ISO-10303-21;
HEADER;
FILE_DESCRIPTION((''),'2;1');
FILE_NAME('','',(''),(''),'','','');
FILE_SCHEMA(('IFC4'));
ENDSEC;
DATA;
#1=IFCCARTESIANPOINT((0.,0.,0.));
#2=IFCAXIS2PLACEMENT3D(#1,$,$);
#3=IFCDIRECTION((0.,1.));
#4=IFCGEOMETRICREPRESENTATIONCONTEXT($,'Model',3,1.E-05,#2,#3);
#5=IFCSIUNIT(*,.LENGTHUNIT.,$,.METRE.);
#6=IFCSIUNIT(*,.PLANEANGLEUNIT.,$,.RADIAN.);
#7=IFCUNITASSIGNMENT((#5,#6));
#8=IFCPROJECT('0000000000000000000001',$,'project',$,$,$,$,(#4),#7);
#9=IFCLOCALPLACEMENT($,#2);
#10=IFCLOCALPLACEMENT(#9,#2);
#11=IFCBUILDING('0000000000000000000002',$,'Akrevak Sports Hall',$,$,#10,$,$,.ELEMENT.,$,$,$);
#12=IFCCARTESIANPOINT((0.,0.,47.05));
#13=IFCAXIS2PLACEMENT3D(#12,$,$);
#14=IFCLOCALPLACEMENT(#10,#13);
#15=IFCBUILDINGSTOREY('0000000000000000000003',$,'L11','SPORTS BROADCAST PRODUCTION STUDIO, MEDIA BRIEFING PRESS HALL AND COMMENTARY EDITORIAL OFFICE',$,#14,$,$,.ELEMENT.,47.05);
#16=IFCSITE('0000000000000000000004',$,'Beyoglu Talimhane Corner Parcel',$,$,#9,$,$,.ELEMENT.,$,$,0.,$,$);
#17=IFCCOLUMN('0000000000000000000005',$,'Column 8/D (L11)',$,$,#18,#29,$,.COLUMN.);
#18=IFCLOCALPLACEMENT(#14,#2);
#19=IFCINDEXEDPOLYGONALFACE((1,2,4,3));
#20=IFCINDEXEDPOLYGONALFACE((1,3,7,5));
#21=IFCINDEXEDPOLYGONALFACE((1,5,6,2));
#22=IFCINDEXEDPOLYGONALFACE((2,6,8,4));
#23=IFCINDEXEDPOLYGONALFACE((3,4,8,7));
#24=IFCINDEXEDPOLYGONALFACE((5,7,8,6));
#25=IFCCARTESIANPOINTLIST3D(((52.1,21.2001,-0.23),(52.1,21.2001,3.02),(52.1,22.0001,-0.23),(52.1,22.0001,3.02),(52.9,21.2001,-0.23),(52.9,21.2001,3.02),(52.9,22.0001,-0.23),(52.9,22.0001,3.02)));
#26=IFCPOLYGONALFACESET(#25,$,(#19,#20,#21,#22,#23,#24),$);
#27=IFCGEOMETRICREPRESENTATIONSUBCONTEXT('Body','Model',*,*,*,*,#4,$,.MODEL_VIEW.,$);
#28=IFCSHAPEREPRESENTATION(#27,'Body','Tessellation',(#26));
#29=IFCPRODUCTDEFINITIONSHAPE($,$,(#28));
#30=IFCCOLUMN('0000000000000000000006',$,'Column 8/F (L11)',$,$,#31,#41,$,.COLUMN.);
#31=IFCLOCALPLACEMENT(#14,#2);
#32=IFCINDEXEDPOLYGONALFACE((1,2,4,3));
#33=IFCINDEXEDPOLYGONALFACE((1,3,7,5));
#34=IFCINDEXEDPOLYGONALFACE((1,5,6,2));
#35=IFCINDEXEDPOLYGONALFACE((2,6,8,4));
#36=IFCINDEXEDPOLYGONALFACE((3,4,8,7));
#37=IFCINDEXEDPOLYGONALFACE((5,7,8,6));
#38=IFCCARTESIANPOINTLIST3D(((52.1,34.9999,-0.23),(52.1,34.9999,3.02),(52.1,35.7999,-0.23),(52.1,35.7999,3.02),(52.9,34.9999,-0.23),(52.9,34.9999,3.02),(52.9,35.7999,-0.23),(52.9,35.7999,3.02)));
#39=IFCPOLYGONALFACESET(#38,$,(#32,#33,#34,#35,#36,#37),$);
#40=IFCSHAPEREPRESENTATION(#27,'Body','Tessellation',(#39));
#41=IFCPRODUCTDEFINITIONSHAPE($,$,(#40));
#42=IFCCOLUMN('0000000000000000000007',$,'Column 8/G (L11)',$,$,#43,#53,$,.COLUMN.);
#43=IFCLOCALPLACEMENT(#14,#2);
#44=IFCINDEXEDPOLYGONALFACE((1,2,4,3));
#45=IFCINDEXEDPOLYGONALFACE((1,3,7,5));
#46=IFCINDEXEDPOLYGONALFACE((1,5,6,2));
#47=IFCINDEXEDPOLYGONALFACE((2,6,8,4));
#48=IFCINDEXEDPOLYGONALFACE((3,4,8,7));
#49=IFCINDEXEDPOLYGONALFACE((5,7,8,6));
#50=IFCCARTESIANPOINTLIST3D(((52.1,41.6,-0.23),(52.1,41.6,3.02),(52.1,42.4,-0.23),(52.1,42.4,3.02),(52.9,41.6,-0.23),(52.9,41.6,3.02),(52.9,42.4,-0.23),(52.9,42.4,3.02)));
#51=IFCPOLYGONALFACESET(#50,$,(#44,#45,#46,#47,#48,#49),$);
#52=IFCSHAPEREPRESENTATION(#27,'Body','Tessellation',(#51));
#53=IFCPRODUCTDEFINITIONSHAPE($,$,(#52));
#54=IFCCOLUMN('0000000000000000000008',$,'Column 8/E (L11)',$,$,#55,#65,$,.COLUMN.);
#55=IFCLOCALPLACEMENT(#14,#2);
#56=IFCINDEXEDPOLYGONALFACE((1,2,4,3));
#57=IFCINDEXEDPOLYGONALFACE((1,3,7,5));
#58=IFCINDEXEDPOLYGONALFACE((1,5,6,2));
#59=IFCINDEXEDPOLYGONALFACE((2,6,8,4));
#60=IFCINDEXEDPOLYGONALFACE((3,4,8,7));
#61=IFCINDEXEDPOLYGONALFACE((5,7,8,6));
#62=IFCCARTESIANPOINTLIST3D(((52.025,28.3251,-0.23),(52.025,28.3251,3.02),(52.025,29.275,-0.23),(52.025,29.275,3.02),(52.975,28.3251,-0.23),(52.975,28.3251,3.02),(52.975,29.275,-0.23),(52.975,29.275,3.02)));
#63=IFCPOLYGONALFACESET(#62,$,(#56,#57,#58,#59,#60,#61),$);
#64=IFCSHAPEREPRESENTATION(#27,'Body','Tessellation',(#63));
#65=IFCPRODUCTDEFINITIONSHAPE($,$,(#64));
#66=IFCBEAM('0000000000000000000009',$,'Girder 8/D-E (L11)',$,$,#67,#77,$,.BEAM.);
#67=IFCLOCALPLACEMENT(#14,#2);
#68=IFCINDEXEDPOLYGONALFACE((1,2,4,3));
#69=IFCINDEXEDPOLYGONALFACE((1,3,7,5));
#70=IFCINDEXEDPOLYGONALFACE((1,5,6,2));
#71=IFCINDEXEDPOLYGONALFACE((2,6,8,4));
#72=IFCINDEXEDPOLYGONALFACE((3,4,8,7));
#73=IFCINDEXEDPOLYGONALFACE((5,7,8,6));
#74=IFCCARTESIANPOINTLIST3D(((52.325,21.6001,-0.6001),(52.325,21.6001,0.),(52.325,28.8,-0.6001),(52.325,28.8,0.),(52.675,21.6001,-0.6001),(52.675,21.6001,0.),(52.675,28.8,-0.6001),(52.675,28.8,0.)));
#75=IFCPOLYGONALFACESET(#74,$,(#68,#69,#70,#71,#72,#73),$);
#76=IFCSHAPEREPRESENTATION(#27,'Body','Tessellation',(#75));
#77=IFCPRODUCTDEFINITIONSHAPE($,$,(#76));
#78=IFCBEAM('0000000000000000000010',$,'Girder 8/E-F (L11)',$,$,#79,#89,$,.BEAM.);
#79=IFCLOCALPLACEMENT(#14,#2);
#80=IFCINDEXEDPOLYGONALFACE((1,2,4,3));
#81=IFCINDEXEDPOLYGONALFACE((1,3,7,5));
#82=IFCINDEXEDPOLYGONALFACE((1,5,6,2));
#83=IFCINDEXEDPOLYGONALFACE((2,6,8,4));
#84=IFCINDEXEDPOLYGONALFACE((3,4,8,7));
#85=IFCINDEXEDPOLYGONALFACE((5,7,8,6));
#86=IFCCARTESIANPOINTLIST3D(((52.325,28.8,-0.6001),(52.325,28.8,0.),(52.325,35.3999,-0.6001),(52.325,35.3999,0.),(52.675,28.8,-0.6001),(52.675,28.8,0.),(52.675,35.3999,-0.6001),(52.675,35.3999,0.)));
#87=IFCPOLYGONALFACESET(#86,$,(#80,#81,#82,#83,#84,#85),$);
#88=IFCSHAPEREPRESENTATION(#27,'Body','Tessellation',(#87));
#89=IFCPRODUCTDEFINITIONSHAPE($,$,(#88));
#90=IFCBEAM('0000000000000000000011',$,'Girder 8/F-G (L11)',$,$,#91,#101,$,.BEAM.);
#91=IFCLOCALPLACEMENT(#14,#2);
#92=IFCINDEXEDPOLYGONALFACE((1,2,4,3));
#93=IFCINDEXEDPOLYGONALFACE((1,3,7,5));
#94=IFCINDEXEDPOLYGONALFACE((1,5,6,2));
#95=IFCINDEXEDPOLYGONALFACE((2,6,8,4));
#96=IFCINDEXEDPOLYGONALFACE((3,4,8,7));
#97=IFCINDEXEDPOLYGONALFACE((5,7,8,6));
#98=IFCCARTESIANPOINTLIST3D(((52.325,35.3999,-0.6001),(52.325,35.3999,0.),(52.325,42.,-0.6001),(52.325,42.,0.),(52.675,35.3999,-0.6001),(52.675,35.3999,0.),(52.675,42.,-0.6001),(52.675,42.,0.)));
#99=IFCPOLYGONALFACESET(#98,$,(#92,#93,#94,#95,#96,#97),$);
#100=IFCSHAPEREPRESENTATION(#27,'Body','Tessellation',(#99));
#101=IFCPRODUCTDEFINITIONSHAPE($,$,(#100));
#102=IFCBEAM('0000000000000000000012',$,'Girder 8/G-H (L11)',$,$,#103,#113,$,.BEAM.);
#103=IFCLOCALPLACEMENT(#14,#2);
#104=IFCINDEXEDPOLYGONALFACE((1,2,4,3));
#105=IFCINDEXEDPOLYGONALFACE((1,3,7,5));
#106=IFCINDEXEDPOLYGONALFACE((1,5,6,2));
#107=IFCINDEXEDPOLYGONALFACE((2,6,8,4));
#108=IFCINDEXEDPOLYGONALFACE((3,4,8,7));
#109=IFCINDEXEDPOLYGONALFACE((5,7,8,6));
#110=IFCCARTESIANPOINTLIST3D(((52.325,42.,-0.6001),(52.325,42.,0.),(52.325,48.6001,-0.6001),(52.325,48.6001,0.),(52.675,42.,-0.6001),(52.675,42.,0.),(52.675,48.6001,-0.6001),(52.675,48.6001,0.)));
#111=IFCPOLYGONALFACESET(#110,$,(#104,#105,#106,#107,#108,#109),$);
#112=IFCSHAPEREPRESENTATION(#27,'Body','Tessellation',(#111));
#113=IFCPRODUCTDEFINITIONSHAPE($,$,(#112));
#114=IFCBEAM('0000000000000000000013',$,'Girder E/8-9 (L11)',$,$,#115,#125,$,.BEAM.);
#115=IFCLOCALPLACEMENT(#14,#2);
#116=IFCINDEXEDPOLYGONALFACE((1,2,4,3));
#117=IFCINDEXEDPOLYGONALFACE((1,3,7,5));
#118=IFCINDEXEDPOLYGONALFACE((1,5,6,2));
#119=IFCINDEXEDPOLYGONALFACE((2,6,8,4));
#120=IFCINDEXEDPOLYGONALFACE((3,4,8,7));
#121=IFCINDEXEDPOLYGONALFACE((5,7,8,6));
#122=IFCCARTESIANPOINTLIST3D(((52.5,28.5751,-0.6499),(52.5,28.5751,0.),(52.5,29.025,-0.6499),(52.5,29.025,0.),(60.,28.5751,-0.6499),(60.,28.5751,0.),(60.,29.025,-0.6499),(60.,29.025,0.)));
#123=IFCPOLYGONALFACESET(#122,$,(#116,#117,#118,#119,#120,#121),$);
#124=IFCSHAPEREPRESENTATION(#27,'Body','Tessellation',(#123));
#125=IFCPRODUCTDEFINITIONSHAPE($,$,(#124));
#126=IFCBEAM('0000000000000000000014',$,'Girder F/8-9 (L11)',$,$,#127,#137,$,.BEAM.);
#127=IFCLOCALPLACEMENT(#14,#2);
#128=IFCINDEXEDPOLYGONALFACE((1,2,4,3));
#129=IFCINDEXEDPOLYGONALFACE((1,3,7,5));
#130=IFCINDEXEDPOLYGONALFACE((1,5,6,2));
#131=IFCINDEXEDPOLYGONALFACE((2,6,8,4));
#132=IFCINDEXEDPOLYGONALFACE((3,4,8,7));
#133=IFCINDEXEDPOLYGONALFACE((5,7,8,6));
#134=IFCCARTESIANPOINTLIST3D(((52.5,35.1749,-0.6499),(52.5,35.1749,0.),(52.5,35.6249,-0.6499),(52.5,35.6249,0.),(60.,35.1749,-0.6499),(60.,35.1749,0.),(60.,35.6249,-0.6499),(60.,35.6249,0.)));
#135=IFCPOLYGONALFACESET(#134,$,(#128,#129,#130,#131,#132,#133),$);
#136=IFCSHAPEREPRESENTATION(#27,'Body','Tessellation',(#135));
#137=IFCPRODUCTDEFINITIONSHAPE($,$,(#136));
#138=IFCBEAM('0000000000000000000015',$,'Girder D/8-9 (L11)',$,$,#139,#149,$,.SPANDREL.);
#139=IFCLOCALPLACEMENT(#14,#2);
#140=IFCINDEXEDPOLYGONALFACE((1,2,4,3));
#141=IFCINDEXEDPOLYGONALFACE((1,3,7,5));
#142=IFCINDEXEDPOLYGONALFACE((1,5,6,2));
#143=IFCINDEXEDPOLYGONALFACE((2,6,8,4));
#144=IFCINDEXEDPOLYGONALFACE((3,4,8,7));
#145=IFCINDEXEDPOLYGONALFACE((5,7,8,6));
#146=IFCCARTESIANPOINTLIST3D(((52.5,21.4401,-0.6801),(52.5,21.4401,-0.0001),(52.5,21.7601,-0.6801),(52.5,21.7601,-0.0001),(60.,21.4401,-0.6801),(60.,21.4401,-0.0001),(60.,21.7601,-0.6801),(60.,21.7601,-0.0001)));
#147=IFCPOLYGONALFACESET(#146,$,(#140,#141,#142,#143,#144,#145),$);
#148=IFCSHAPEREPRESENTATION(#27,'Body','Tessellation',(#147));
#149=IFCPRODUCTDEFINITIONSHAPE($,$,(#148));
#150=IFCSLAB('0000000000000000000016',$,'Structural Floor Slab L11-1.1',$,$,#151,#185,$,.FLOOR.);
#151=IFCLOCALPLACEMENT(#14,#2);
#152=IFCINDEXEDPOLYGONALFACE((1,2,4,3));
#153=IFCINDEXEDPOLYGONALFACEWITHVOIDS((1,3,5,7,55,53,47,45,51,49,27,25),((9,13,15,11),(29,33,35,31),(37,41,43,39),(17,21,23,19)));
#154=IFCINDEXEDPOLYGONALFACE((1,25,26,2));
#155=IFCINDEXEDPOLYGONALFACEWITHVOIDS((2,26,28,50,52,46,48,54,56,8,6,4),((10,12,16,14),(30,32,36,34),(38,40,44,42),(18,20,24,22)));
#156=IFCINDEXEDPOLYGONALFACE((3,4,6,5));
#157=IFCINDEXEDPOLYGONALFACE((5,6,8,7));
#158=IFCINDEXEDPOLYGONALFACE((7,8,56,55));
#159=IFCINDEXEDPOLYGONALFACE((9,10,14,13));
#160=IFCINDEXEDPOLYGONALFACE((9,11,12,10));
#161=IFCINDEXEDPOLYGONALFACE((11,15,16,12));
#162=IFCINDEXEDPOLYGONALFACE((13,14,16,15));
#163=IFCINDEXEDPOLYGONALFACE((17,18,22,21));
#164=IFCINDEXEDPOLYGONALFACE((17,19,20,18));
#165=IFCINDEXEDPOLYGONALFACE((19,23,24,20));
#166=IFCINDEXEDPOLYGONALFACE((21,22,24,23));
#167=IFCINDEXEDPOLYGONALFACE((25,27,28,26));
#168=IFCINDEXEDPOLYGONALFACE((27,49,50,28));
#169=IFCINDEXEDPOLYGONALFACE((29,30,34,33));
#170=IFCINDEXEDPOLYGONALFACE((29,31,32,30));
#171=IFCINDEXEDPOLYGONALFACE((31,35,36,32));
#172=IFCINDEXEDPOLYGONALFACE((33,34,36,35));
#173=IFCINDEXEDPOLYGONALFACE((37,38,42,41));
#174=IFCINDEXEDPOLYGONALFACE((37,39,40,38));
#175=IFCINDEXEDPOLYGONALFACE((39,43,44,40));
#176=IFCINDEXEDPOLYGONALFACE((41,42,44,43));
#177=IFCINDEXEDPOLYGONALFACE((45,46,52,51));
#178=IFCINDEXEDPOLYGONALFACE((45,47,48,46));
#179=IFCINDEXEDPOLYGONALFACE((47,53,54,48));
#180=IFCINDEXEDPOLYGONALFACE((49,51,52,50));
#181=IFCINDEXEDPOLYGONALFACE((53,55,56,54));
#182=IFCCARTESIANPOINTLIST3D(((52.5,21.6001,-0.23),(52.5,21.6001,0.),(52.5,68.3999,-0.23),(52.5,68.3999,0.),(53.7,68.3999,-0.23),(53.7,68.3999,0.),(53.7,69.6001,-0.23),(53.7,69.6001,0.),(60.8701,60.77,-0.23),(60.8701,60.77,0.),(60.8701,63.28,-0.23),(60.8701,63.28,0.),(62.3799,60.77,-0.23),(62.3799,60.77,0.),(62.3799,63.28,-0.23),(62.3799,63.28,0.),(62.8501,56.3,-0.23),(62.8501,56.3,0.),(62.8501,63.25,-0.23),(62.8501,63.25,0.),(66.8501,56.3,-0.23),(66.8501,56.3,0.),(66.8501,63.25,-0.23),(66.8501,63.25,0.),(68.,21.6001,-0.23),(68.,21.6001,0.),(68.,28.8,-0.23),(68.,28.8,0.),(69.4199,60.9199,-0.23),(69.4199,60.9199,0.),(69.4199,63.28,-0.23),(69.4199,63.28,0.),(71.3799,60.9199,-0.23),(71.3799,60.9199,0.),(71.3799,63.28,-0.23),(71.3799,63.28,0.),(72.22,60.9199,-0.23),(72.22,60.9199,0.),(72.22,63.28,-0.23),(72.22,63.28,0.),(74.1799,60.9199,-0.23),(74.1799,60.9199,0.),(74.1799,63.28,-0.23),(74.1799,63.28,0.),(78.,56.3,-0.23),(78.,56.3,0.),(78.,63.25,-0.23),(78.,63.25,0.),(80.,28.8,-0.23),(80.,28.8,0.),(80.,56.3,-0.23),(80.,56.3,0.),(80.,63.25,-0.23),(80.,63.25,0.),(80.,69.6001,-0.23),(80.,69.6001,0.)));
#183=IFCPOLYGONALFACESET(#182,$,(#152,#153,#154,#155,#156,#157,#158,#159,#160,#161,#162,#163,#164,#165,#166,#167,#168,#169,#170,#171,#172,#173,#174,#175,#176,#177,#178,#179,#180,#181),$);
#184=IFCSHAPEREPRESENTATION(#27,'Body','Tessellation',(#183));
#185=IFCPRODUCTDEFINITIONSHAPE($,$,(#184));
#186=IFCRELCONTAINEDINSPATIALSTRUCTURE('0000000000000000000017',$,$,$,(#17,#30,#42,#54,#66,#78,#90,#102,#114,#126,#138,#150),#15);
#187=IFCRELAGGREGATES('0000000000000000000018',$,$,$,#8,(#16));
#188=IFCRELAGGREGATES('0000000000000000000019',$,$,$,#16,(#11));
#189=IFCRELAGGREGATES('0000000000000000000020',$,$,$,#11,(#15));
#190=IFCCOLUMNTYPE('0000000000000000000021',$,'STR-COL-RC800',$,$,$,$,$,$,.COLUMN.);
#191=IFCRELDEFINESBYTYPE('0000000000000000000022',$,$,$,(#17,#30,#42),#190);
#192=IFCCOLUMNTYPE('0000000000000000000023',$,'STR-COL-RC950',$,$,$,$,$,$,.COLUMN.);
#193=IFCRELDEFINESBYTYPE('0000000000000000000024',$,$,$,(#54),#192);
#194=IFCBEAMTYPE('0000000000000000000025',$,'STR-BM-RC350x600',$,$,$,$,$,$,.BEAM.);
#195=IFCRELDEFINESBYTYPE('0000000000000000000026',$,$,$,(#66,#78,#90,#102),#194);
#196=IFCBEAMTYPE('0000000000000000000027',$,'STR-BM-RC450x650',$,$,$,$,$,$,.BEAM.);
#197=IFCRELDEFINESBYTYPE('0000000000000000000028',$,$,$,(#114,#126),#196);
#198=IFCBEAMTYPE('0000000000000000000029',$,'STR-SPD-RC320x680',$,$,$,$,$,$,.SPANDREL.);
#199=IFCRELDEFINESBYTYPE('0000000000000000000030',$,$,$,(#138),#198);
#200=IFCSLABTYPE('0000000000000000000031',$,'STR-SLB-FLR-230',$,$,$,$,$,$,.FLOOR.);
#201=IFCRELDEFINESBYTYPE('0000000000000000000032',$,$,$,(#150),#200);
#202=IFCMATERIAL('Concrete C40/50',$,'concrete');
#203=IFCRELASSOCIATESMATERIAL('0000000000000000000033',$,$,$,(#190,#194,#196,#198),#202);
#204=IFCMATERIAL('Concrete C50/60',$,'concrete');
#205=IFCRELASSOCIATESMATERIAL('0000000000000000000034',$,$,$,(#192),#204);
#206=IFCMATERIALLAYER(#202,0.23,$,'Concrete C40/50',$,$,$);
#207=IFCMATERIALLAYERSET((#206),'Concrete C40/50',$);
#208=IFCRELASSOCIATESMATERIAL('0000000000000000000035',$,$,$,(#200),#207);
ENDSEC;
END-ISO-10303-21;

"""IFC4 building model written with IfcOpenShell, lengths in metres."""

from ifc_helpers import new_model, si_unit, direction, frame, origin, origin_2d, place, context, subcontext, project, spatial, polyline, rectangle, outline, extrude, material, layer, layer_set, material_profile, profile_set, type_object, element, save


model = new_model("IFC4")

# Units and contexts
model_context = context("Model", 3, precision=1e-05, world=origin(), true_north=direction((0.0, 1.0)))
body_context = subcontext(model_context, "Body", "Model", "MODEL_VIEW")
ifc_project = project(units=[si_unit("LENGTHUNIT", "METRE"), si_unit("PLANEANGLEUNIT", "RADIAN")], contexts=[model_context])

# Site, building, storey
site_placement = place(None, origin())
site = spatial("IfcSite", under=ifc_project, at=site_placement, Name="Beyoglu Talimhane Corner Parcel", CompositionType="ELEMENT", RefElevation=0.0)
building_placement = place(site_placement, origin())
building = spatial("IfcBuilding", under=site, at=building_placement, Name="Akrevak Sports Hall", CompositionType="ELEMENT")
storey_placement = place(building_placement, frame((0.0, 0.0, 47.05)))
storey = spatial("IfcBuildingStorey", under=building, at=storey_placement, Name="L11", Description="SPORTS BROADCAST PRODUCTION STUDIO, MEDIA BRIEFING PRESS HALL AND COMMENTARY EDITORIAL OFFICE", CompositionType="ELEMENT", Elevation=47.05)

# Columns
ifc_material_1 = material(Name="Concrete C40/50", Category="concrete")
ifc_material_profile_1 = material_profile(ifc_material_1, rectangle(XDim=0.8, YDim=0.8, at=origin_2d()), Name="RC 800x800", Category="concrete")
ifc_profile_set_1 = profile_set([ifc_material_profile_1], Name="Concrete C40/50")
column_type_1 = type_object("IfcColumnType", Name="STR-COL-RC800", PredefinedType="COLUMN", material=ifc_profile_set_1)
for number, where, z_axis, x_axis, name in (
    (1, (52.5, 21.6001, -0.23), (0.0, 0.0, 1.0), (1.0, 0.0, 0.0), "Column 8/D (L11)"),
    (2, (52.5, 35.3999, -0.23), (0.0, 0.0, 1.0), (1.0, 0.0, 0.0), "Column 8/F (L11)"),
    (3, (52.5, 42.0, -0.23), (0.0, 0.0, 1.0), (1.0, 0.0, 0.0), "Column 8/G (L11)"),
):
    element("IfcColumn", number, at=place(storey_placement, frame(where, z_axis=z_axis, x_axis=x_axis)), inside=storey, type_object=column_type_1, Name=name, PredefinedType="COLUMN", context=body_context, shape_type="SweptSolid", body=[
        extrude(rectangle(XDim=0.8, YDim=0.8, at=origin_2d()), origin(), (0.0, 0.0, 1.0), 3.25),
    ])
ifc_material_2 = material(Name="Concrete C50/60", Category="concrete")
ifc_material_profile_2 = material_profile(ifc_material_2, rectangle(XDim=0.95, YDim=0.95, at=origin_2d()), Name="RC 950x950", Category="concrete")
ifc_profile_set_2 = profile_set([ifc_material_profile_2], Name="Concrete C50/60")
column_type_2 = type_object("IfcColumnType", Name="STR-COL-RC950", PredefinedType="COLUMN", material=ifc_profile_set_2)
column_placement = place(storey_placement, frame((52.5, 28.8, -0.23), z_axis=(0.0, 0.0, 1.0), x_axis=(1.0, 0.0, 0.0)))
element("IfcColumn", 4, at=column_placement, inside=storey, type_object=column_type_2, Name="Column 8/E (L11)", PredefinedType="COLUMN", context=body_context, shape_type="SweptSolid", body=[
    extrude(rectangle(XDim=0.95, YDim=0.95, at=origin_2d()), origin(), (0.0, 0.0, 1.0), 3.25),
])

# Beams
ifc_material_profile_3 = material_profile(ifc_material_1, rectangle(XDim=0.3501, YDim=0.6001, at=origin_2d()), Name="BM 350x600", Category="concrete")
ifc_profile_set_3 = profile_set([ifc_material_profile_3], Name="Concrete C40/50")
beam_type_1 = type_object("IfcBeamType", Name="STR-BM-RC350x600", PredefinedType="BEAM", material=ifc_profile_set_3)
beam_1_placement = place(storey_placement, frame((52.5, 21.6001, -0.3), z_axis=(0.0, 1.0, 0.0), x_axis=(-1.0, 0.0, 0.0)))
element("IfcBeam", 5, at=beam_1_placement, inside=storey, type_object=beam_type_1, Name="Girder 8/D-E (L11)", PredefinedType="BEAM", context=body_context, shape_type="SweptSolid", body=[
    extrude(rectangle(XDim=0.3501, YDim=0.6001, at=origin_2d()), origin(), (0.0, 0.0, 1.0), 7.2),
])
beam_2_placement = place(storey_placement, frame((52.5, 28.8, -0.3), z_axis=(0.0, 1.0, 0.0), x_axis=(-1.0, 0.0, 0.0)))
element("IfcBeam", 6, at=beam_2_placement, inside=storey, type_object=beam_type_1, Name="Girder 8/E-F (L11)", PredefinedType="BEAM", context=body_context, shape_type="SweptSolid", body=[
    extrude(rectangle(XDim=0.3501, YDim=0.6001, at=origin_2d()), origin(), (0.0, 0.0, 1.0), 6.5999),
])
for number, where, z_axis, x_axis, name in (
    (7, (52.5, 35.3999, -0.3), (0.0, 1.0, 0.0), (-1.0, 0.0, 0.0), "Girder 8/F-G (L11)"),
    (8, (52.5, 42.0, -0.3), (0.0, 1.0, 0.0), (-1.0, 0.0, 0.0), "Girder 8/G-H (L11)"),
):
    element("IfcBeam", number, at=place(storey_placement, frame(where, z_axis=z_axis, x_axis=x_axis)), inside=storey, type_object=beam_type_1, Name=name, PredefinedType="BEAM", context=body_context, shape_type="SweptSolid", body=[
        extrude(rectangle(XDim=0.3501, YDim=0.6001, at=origin_2d()), origin(), (0.0, 0.0, 1.0), 6.6001),
    ])
ifc_material_profile_4 = material_profile(ifc_material_1, rectangle(XDim=0.45, YDim=0.6499, at=origin_2d()), Name="BM 450x650", Category="concrete")
ifc_profile_set_4 = profile_set([ifc_material_profile_4], Name="Concrete C40/50")
beam_type_2 = type_object("IfcBeamType", Name="STR-BM-RC450x650", PredefinedType="BEAM", material=ifc_profile_set_4)
for number, where, z_axis, x_axis, name in (
    (9, (52.5, 28.8, -0.325), (1.0, 0.0, 0.0), (0.0, 1.0, 0.0), "Girder E/8-9 (L11)"),
    (10, (52.5, 35.3999, -0.325), (1.0, 0.0, 0.0), (0.0, 1.0, 0.0), "Girder F/8-9 (L11)"),
):
    element("IfcBeam", number, at=place(storey_placement, frame(where, z_axis=z_axis, x_axis=x_axis)), inside=storey, type_object=beam_type_2, Name=name, PredefinedType="BEAM", context=body_context, shape_type="SweptSolid", body=[
        extrude(rectangle(XDim=0.45, YDim=0.6499, at=origin_2d()), origin(), (0.0, 0.0, 1.0), 7.5),
    ])
ifc_material_profile_5 = material_profile(ifc_material_1, rectangle(XDim=0.3201, YDim=0.6799, at=origin_2d()), Name="SPD 320x680", Category="concrete")
ifc_profile_set_5 = profile_set([ifc_material_profile_5], Name="Concrete C40/50")
beam_type_3 = type_object("IfcBeamType", Name="STR-SPD-RC320x680", PredefinedType="SPANDREL", material=ifc_profile_set_5)
beam_3_placement = place(storey_placement, frame((52.5, 21.6001, -0.3401), z_axis=(1.0, 0.0, 0.0), x_axis=(0.0, 1.0, 0.0)))
element("IfcBeam", 11, at=beam_3_placement, inside=storey, type_object=beam_type_3, Name="Girder D/8-9 (L11)", PredefinedType="SPANDREL", context=body_context, shape_type="SweptSolid", body=[
    extrude(rectangle(XDim=0.3201, YDim=0.6799, at=origin_2d()), origin(), (0.0, 0.0, 1.0), 7.5),
])

# Slab
ifc_layer_1 = layer(ifc_material_1, 0.23, Name="Concrete C40/50")
ifc_layer_set_1 = layer_set([ifc_layer_1], Name="Concrete C40/50")
slab_type_1 = type_object("IfcSlabType", Name="STR-SLB-FLR-230", PredefinedType="FLOOR", material=ifc_layer_set_1)
slab_1_placement = place(storey_placement, frame((0.0, 0.0, -0.23)))
element("IfcSlab", 12, at=slab_1_placement, inside=storey, type_object=slab_type_1, Name="Structural Floor Slab L11-1.1", PredefinedType="FLOOR", context=body_context, shape_type="SweptSolid", body=[
    extrude(outline(polyline([(52.5, 68.3999), (52.5, 21.6001), (68.0, 21.6001), (68.0, 28.8), (80.0, 28.8), (80.0, 56.3), (78.0, 56.3), (78.0, 63.25), (80.0, 63.25), (80.0, 69.6001), (53.7, 69.6001), (53.7, 68.3999), (52.5, 68.3999)]), holes=[polyline([(62.8501, 63.25), (66.8501, 63.25), (66.8501, 56.3), (62.8501, 56.3), (62.8501, 63.25)]), polyline([(60.8701, 63.28), (62.3799, 63.28), (62.3799, 60.77), (60.8701, 60.77), (60.8701, 63.28)]), polyline([(69.4199, 63.28), (71.3799, 63.28), (71.3799, 60.9199), (69.4199, 60.9199), (69.4199, 63.28)]), polyline([(72.22, 63.28), (74.1799, 63.28), (74.1799, 60.9199), (72.22, 60.9199), (72.22, 63.28)])]), origin(), (0.0, 0.0, 1.0), 0.23),
])

save(model, "model.ifc")
